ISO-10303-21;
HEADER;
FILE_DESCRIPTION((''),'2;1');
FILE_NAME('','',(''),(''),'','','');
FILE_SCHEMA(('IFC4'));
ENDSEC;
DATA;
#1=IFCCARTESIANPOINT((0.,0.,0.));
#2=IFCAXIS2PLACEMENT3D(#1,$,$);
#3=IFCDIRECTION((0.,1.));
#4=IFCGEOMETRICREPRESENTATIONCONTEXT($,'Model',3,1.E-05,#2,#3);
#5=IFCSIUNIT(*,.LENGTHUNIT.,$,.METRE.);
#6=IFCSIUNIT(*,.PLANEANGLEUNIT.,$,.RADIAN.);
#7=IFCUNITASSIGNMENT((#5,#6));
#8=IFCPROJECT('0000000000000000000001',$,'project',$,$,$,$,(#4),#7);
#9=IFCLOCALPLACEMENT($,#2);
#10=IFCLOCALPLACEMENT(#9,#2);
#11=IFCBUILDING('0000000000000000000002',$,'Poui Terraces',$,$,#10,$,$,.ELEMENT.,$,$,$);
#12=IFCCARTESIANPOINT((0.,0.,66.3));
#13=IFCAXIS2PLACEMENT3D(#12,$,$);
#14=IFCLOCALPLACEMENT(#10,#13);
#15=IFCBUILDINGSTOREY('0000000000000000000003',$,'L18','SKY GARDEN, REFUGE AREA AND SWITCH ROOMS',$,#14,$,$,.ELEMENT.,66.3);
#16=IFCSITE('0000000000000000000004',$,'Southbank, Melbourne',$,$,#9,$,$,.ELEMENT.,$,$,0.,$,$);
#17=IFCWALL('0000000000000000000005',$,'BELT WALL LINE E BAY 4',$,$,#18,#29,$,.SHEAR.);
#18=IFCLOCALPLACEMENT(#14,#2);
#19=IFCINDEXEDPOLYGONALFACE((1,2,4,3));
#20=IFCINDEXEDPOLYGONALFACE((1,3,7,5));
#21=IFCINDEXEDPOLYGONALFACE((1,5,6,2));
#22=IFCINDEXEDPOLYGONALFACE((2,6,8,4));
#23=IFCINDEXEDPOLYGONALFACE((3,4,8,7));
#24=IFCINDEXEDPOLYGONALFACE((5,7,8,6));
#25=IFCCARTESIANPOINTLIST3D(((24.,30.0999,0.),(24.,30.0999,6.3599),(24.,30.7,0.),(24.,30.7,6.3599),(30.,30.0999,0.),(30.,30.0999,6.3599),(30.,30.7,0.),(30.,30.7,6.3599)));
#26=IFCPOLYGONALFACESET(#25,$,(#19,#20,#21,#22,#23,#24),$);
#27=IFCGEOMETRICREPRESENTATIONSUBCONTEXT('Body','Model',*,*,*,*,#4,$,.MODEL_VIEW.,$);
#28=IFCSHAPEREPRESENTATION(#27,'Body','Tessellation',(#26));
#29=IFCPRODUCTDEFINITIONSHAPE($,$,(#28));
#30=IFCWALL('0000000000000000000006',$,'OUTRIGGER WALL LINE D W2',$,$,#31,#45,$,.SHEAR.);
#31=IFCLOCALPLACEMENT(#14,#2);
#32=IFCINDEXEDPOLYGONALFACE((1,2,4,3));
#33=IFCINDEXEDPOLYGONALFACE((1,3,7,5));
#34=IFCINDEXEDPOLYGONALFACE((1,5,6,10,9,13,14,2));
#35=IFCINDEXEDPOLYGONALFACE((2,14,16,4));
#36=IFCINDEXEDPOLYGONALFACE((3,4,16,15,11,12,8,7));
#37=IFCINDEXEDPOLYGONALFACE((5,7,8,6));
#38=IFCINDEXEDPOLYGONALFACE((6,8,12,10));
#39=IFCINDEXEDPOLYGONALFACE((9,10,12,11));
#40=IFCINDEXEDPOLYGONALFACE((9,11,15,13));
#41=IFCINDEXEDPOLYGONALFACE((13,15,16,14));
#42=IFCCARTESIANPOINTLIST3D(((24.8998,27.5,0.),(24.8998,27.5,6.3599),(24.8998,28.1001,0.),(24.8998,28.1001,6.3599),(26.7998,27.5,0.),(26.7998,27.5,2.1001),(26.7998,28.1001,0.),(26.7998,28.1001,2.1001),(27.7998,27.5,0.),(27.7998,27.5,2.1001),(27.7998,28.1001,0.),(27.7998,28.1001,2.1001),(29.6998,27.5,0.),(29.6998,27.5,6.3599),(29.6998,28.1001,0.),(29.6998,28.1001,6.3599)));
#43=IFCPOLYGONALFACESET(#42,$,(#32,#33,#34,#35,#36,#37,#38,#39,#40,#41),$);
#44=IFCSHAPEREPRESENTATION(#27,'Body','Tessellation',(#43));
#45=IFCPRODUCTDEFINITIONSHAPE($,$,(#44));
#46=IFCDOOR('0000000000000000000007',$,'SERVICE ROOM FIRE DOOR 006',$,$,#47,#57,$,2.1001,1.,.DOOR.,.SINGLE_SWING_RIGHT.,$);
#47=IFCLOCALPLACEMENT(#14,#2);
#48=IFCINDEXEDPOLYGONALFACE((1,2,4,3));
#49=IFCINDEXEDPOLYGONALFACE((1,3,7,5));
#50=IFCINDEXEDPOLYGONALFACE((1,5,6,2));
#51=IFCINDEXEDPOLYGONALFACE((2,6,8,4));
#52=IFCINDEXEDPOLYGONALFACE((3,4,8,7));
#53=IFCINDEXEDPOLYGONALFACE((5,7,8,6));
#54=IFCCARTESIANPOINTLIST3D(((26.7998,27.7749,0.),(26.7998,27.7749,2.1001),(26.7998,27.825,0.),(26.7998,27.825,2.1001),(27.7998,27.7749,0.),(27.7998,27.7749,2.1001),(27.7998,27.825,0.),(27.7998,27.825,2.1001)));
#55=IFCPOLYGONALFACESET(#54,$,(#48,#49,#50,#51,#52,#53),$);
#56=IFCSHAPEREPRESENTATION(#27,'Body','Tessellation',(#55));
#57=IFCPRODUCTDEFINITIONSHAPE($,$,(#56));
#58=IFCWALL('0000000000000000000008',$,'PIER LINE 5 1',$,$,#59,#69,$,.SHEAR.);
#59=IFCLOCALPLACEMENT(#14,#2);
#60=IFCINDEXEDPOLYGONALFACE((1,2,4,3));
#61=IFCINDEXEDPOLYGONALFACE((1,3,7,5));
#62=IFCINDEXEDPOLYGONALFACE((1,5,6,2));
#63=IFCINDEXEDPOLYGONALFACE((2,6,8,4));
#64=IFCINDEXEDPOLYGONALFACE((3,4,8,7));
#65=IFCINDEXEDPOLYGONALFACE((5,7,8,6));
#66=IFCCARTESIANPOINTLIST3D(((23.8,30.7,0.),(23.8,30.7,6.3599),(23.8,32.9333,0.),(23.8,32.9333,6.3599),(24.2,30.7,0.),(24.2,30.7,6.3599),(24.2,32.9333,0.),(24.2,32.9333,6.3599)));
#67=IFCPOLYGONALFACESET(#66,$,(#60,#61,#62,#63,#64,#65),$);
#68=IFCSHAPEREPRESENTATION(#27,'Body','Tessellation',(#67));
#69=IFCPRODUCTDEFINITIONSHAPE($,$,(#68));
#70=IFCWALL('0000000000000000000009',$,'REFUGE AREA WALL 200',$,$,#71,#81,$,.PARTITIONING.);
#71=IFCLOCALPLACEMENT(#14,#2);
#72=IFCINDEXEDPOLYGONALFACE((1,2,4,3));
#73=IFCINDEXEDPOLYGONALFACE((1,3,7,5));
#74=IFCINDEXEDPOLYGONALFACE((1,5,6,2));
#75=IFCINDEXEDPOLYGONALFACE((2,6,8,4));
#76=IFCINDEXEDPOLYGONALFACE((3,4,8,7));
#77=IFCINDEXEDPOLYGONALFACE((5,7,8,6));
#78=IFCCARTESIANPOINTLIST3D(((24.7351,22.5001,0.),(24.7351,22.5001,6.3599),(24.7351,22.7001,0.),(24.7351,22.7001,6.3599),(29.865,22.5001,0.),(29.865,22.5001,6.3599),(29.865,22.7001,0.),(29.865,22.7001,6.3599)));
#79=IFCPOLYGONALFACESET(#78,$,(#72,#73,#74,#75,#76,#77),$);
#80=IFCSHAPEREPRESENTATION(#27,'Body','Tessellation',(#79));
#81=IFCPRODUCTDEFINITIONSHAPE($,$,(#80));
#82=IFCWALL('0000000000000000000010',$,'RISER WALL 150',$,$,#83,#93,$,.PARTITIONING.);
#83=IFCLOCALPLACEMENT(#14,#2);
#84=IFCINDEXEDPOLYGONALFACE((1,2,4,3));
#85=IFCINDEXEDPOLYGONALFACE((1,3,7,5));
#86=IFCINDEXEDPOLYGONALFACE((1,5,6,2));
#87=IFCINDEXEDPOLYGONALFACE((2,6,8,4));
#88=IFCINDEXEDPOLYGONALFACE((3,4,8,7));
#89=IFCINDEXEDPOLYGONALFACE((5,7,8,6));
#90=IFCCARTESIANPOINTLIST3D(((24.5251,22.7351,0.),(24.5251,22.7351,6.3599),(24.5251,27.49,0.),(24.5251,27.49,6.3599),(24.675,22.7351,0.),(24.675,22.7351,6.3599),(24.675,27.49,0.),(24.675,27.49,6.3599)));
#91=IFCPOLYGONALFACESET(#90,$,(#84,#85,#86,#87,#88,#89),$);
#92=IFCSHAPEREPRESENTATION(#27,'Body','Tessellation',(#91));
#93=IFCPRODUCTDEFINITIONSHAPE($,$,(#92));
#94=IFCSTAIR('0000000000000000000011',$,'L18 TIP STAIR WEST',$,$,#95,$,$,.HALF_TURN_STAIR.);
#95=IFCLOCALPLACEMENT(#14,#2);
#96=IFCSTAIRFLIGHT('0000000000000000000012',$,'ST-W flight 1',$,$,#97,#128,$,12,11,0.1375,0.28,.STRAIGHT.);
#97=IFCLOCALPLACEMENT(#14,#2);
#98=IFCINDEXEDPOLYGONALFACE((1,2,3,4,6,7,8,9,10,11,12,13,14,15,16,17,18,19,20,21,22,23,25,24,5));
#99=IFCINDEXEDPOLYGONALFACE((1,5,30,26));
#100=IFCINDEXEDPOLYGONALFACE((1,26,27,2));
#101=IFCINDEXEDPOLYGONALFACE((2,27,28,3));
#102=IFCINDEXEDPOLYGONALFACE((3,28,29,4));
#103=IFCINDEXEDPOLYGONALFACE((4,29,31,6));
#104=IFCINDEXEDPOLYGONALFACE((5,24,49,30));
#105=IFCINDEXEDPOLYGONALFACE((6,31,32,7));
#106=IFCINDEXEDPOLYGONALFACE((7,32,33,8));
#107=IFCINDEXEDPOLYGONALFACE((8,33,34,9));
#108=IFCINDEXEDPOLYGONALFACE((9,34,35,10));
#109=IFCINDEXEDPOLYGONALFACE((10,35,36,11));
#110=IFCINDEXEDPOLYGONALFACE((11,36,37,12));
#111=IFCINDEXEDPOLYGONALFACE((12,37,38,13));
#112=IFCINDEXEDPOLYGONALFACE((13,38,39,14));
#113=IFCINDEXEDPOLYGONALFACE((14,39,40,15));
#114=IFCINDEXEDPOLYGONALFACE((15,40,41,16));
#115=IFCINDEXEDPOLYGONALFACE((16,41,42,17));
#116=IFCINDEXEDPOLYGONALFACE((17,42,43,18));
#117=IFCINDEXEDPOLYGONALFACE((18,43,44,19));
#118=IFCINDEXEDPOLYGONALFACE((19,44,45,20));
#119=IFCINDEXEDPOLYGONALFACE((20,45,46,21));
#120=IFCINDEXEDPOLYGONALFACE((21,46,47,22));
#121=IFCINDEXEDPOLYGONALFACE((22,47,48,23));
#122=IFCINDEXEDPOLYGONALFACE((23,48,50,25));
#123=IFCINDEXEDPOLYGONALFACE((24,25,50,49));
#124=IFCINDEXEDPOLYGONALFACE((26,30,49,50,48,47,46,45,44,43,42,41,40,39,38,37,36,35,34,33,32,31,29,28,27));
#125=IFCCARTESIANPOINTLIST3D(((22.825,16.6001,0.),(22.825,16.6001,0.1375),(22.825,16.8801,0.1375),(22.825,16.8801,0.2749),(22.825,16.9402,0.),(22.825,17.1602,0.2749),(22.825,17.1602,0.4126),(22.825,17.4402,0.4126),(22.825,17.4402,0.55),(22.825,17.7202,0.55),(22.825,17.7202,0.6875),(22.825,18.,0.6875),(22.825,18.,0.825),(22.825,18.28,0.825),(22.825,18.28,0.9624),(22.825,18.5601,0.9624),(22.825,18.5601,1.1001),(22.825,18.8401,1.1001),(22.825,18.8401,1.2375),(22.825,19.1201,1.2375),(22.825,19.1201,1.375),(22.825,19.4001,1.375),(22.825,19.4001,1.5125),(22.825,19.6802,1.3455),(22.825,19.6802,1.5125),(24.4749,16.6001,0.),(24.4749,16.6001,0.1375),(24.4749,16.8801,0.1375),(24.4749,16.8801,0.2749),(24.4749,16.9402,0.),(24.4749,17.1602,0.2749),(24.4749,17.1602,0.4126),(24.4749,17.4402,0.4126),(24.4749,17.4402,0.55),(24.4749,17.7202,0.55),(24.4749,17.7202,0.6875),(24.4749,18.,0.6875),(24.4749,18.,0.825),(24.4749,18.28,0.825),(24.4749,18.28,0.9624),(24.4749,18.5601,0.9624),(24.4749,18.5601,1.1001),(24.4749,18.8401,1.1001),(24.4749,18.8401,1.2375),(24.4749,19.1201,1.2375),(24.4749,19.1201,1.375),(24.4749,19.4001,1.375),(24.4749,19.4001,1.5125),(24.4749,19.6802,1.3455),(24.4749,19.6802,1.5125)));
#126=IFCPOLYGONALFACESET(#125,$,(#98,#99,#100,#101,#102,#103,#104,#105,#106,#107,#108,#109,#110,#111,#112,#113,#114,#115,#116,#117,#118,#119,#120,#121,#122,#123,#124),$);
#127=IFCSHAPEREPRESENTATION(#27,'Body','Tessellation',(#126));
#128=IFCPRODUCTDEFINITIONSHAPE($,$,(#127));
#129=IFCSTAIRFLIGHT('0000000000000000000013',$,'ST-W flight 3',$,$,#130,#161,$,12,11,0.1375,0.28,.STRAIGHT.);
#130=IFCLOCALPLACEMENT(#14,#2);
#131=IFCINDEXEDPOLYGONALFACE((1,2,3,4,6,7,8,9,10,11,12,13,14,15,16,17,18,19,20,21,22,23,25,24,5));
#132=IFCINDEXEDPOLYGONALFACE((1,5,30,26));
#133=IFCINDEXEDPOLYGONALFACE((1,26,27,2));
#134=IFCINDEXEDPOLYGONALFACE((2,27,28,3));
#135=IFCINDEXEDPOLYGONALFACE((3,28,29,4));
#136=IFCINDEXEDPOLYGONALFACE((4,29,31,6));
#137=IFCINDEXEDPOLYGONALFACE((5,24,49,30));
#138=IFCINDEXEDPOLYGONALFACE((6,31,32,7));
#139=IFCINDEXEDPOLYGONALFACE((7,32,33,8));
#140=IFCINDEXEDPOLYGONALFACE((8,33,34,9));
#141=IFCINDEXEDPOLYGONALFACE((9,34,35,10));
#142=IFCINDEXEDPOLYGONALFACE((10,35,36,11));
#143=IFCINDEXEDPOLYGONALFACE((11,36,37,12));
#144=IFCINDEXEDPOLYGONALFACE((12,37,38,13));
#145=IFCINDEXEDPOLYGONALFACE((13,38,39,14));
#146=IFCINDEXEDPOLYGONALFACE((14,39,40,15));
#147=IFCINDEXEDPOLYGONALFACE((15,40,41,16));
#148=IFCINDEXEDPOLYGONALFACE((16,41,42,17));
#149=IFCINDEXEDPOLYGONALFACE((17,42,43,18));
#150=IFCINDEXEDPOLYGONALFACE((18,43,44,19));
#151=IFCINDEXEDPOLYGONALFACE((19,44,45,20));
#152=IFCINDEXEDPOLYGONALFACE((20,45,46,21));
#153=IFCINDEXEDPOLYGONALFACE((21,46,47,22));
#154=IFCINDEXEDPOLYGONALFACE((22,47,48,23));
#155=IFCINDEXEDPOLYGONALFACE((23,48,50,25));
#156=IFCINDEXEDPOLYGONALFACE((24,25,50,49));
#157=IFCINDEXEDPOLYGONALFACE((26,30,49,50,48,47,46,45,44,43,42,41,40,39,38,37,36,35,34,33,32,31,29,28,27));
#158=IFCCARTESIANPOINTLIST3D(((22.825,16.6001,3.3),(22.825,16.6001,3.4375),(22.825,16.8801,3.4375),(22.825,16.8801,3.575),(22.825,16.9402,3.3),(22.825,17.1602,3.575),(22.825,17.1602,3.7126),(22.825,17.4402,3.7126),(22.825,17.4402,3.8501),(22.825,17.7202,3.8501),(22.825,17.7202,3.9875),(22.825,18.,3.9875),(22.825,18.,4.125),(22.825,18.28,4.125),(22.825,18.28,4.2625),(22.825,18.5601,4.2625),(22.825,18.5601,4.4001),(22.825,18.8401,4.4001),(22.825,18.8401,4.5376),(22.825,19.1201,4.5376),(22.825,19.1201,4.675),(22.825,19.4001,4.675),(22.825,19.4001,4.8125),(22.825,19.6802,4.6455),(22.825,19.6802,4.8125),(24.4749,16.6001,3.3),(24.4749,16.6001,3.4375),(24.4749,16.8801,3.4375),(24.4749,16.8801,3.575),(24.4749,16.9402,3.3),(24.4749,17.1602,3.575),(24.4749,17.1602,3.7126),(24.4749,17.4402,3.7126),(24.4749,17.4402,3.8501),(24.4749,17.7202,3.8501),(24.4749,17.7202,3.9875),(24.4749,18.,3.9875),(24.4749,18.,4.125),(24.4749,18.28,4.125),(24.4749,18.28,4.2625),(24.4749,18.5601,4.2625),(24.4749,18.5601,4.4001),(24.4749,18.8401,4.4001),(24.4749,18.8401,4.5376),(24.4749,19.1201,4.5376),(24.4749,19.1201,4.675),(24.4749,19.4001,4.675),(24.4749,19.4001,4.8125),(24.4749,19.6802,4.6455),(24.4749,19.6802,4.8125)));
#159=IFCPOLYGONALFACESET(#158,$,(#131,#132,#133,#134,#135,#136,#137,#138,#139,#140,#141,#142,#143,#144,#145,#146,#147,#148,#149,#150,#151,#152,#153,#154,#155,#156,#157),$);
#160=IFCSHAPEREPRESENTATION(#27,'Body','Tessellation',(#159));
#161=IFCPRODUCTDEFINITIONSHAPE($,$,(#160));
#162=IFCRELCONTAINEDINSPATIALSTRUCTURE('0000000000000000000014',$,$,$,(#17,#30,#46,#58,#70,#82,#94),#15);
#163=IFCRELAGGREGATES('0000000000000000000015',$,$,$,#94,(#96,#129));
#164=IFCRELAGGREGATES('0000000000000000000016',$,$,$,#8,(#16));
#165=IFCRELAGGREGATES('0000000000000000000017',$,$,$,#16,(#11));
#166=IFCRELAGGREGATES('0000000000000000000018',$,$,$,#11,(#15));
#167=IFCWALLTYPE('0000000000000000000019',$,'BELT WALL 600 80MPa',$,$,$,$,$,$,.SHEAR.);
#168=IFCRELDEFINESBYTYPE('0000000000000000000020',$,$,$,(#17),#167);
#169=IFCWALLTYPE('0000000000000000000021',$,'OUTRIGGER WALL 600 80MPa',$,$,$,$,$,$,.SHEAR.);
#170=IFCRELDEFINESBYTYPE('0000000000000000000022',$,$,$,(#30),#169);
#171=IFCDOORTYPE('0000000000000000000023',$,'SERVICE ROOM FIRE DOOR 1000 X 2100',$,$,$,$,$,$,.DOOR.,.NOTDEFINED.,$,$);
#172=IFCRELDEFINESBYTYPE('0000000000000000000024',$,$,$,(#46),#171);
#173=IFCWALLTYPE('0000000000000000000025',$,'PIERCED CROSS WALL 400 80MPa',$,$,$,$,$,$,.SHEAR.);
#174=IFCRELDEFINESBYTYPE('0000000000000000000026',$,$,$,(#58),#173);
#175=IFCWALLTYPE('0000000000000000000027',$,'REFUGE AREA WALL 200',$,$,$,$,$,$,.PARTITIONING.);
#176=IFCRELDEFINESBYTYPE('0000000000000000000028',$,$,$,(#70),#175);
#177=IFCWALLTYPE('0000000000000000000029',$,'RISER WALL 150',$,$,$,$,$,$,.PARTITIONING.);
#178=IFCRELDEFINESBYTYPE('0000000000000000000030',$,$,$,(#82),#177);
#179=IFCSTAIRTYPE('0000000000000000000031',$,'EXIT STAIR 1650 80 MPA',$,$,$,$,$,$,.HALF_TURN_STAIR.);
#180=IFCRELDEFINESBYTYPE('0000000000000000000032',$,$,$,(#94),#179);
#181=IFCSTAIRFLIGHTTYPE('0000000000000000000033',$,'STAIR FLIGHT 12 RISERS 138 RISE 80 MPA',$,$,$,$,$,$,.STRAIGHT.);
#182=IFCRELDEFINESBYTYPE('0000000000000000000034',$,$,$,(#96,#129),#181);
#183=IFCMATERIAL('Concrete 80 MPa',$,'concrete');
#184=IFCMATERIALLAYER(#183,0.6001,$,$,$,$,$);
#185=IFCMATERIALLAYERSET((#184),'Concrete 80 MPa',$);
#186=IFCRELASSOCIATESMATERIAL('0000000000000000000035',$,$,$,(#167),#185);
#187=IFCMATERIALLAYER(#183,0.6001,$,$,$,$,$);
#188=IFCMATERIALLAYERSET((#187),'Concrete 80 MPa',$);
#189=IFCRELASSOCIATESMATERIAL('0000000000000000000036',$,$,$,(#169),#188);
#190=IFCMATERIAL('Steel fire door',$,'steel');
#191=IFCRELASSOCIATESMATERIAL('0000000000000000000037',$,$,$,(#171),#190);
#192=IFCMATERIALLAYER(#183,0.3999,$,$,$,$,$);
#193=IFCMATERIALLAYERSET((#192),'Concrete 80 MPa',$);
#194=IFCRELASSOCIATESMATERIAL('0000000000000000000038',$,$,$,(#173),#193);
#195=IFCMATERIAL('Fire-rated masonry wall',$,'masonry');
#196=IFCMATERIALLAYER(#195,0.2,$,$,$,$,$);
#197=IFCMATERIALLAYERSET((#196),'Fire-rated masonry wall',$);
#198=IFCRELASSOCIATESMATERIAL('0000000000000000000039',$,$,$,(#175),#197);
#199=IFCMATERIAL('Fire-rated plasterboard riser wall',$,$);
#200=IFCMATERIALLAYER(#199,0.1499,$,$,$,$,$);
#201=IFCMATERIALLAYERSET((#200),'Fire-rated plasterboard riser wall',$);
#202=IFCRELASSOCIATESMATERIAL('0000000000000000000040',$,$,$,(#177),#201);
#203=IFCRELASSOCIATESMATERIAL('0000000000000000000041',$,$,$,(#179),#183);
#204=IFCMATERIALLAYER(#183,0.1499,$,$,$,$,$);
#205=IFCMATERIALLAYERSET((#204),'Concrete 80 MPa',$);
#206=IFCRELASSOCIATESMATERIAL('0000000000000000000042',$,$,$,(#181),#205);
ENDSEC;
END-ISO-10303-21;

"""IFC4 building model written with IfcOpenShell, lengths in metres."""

from ifc_helpers import new_model, si_unit, direction, frame, frame_2d, origin, place, context, subcontext, project, spatial, polyline, rectangle, outline, extrude, material, layer, layer_set, type_object, element, fill, aggregate, save


model = new_model("IFC4")

# Units and contexts
model_context = context("Model", 3, precision=1e-05, world=origin(), true_north=direction((0.0, 1.0)))
body_context = subcontext(model_context, "Body", "Model", "MODEL_VIEW")
ifc_project = project(units=[si_unit("LENGTHUNIT", "METRE"), si_unit("PLANEANGLEUNIT", "RADIAN")], contexts=[model_context])

# Site, building, storey
site_placement = place(None, origin())
site = spatial("IfcSite", under=ifc_project, at=site_placement, Name="Southbank, Melbourne", CompositionType="ELEMENT", RefElevation=0.0)
building_placement = place(site_placement, origin())
building = spatial("IfcBuilding", under=site, at=building_placement, Name="Poui Terraces", CompositionType="ELEMENT")
storey_placement = place(building_placement, frame((0.0, 0.0, 66.3)))
storey = spatial("IfcBuildingStorey", under=building, at=storey_placement, Name="L18", Description="SKY GARDEN, REFUGE AREA AND SWITCH ROOMS", CompositionType="ELEMENT", Elevation=66.3)

# Wall
ifc_material_1 = material(Name="Concrete 80 MPa", Category="concrete")
ifc_layer_1 = layer(ifc_material_1, 0.6001)
ifc_layer_set_1 = layer_set([ifc_layer_1], Name="Concrete 80 MPa")
wall_type_1 = type_object("IfcWallType", Name="BELT WALL 600 80MPa", PredefinedType="SHEAR", material=ifc_layer_set_1)
wall_1_placement = place(storey_placement, frame((24.0, 30.3999, 0.0), z_axis=(0.0, 0.0, 1.0), x_axis=(1.0, 0.0, 0.0)))
element("IfcWall", 1, at=wall_1_placement, inside=storey, type_object=wall_type_1, Name="BELT WALL LINE E BAY 4", PredefinedType="SHEAR", context=body_context, shape_type="SweptSolid", body=[
    extrude(rectangle(XDim=6.0, YDim=0.6001, at=frame_2d((3.0, 0.0))), origin(), (0.0, 0.0, 1.0), 6.3599),
])

# Wall, opening, door
ifc_layer_2 = layer(ifc_material_1, 0.6001)
ifc_layer_set_2 = layer_set([ifc_layer_2], Name="Concrete 80 MPa")
wall_type_2 = type_object("IfcWallType", Name="OUTRIGGER WALL 600 80MPa", PredefinedType="SHEAR", material=ifc_layer_set_2)
wall_2_placement = place(storey_placement, frame((24.8999, 27.8, 0.0), z_axis=(0.0, 0.0, 1.0), x_axis=(1.0, 0.0, 0.0)))
wall_2 = element("IfcWall", 2, at=wall_2_placement, inside=storey, type_object=wall_type_2, Name="OUTRIGGER WALL LINE D W2", PredefinedType="SHEAR", context=body_context, shape_type="SweptSolid", body=[
    extrude(rectangle(XDim=4.8, YDim=0.6001, at=frame_2d((2.3999, 0.0))), origin(), (0.0, 0.0, 1.0), 6.3599),
])
opening_1_placement = place(wall_2_placement, frame((1.8999, 0.0, 0.0)))
opening_1 = element("IfcOpeningElement", 3, at=opening_1_placement, cuts=wall_2, PredefinedType="OPENING", context=body_context, shape_type="SweptSolid", body=[
    extrude(rectangle(XDim=1.0, YDim=2.1001, at=frame_2d((0.5, 1.05))), frame((0.0, 0.3101, 0.0), z_axis=(0.0, -1.0, 0.0), x_axis=(1.0, 0.0, 0.0)), (0.0, 0.0, 1.0), 0.6201),
])
ifc_material_2 = material(Name="Steel fire door", Category="steel")
door_type_1 = type_object("IfcDoorType", Name="SERVICE ROOM FIRE DOOR 1000 X 2100", OperationType="NOTDEFINED", PredefinedType="DOOR", material=ifc_material_2)
door_1_placement = place(opening_1_placement, origin())
door_1 = element("IfcDoor", 4, at=door_1_placement, inside=storey, type_object=door_type_1, Name="SERVICE ROOM FIRE DOOR 006", OperationType="SINGLE_SWING_RIGHT", OverallHeight=2.1001, OverallWidth=1.0, PredefinedType="DOOR", context=body_context, shape_type="SweptSolid", body=[
    extrude(rectangle(XDim=1.0, YDim=2.1001, at=frame_2d((0.5, 1.05))), frame((0.0, 0.0249, 0.0), z_axis=(0.0, -1.0, 0.0), x_axis=(1.0, 0.0, 0.0)), (0.0, 0.0, 1.0), 0.05),
])
fill(opening_1, door_1)

# Walls
ifc_layer_3 = layer(ifc_material_1, 0.3999)
ifc_layer_set_3 = layer_set([ifc_layer_3], Name="Concrete 80 MPa")
wall_type_3 = type_object("IfcWallType", Name="PIERCED CROSS WALL 400 80MPa", PredefinedType="SHEAR", material=ifc_layer_set_3)
wall_3_placement = place(storey_placement, frame((24.0, 30.7, 0.0), z_axis=(0.0, 0.0, 1.0), x_axis=(0.0, 1.0, 0.0)))
element("IfcWall", 5, at=wall_3_placement, inside=storey, type_object=wall_type_3, Name="PIER LINE 5 1", PredefinedType="SHEAR", context=body_context, shape_type="SweptSolid", body=[
    extrude(rectangle(XDim=2.2334, YDim=0.3999, at=frame_2d((1.1167, 0.0))), origin(), (0.0, 0.0, 1.0), 6.3599),
])
ifc_material_3 = material(Name="Fire-rated masonry wall", Category="masonry")
ifc_layer_4 = layer(ifc_material_3, 0.2)
ifc_layer_set_4 = layer_set([ifc_layer_4], Name="Fire-rated masonry wall")
wall_type_4 = type_object("IfcWallType", Name="REFUGE AREA WALL 200", PredefinedType="PARTITIONING", material=ifc_layer_set_4)
wall_4_placement = place(storey_placement, frame((24.7351, 22.6001, 0.0), z_axis=(0.0, 0.0, 1.0), x_axis=(1.0, 0.0, 0.0)))
element("IfcWall", 6, at=wall_4_placement, inside=storey, type_object=wall_type_4, Name="REFUGE AREA WALL 200", PredefinedType="PARTITIONING", context=body_context, shape_type="SweptSolid", body=[
    extrude(rectangle(XDim=5.1299, YDim=0.2, at=frame_2d((2.5649, 0.0))), origin(), (0.0, 0.0, 1.0), 6.3599),
])
ifc_material_4 = material(Name="Fire-rated plasterboard riser wall")
ifc_layer_5 = layer(ifc_material_4, 0.1499)
ifc_layer_set_5 = layer_set([ifc_layer_5], Name="Fire-rated plasterboard riser wall")
wall_type_5 = type_object("IfcWallType", Name="RISER WALL 150", PredefinedType="PARTITIONING", material=ifc_layer_set_5)
wall_5_placement = place(storey_placement, frame((24.6001, 22.7351, 0.0), z_axis=(0.0, 0.0, 1.0), x_axis=(0.0, 1.0, 0.0)))
element("IfcWall", 7, at=wall_5_placement, inside=storey, type_object=wall_type_5, Name="RISER WALL 150", PredefinedType="PARTITIONING", context=body_context, shape_type="SweptSolid", body=[
    extrude(rectangle(XDim=4.7549, YDim=0.1499, at=frame_2d((2.3774, 0.0))), origin(), (0.0, 0.0, 1.0), 6.3599),
])

# Stair, stair flights
stair_type = type_object("IfcStairType", Name="EXIT STAIR 1650 80 MPA", PredefinedType="HALF_TURN_STAIR", material=ifc_material_1)
stair_placement = place(storey_placement, origin())
stair = element("IfcStair", 8, at=stair_placement, inside=storey, type_object=stair_type, Name="L18 TIP STAIR WEST", PredefinedType="HALF_TURN_STAIR")
ifc_layer_6 = layer(ifc_material_1, 0.1499)
ifc_layer_set_6 = layer_set([ifc_layer_6], Name="Concrete 80 MPa")
stair_flight_type = type_object("IfcStairFlightType", Name="STAIR FLIGHT 12 RISERS 138 RISE 80 MPA", PredefinedType="STRAIGHT", material=ifc_layer_set_6)
stair_flight_1_placement = place(storey_placement, frame((23.6499, 16.6001, 0.0), z_axis=(0.0, 0.0, 1.0), x_axis=(0.0, 1.0, 0.0)))
stair_flight_1 = element("IfcStairFlight", 9, at=stair_flight_1_placement, type_object=stair_flight_type, Name="ST-W flight 1", NumberOfRisers=12, NumberOfTreads=11, PredefinedType="STRAIGHT", RiserHeight=0.1375, TreadLength=0.28, context=body_context, shape_type="SweptSolid", body=[
    extrude(outline(polyline([(0.0, 0.0), (0.0, 0.1375), (0.28, 0.1375), (0.28, 0.2749), (0.5601, 0.2749), (0.5601, 0.4126), (0.8401, 0.4126), (0.8401, 0.55), (1.1201, 0.55), (1.1201, 0.6875), (1.3999, 0.6875), (1.3999, 0.825), (1.6799, 0.825), (1.6799, 0.9624), (1.96, 0.9624), (1.96, 1.1001), (2.24, 1.1001), (2.24, 1.2375), (2.52, 1.2375), (2.52, 1.375), (2.8, 1.375), (2.8, 1.5125), (3.0801, 1.5125), (3.0801, 1.6499), (3.0801, 1.3455), (0.3401, 0.0), (0.0, 0.0)])), frame((0.0, 0.825, 0.0), z_axis=(0.0, -1.0, 0.0), x_axis=(1.0, 0.0, 0.0)), (0.0, 0.0, 1.0), 1.6499),
])
stair_flight_2_placement = place(storey_placement, frame((23.6499, 16.6001, 3.3), z_axis=(0.0, 0.0, 1.0), x_axis=(0.0, 1.0, 0.0)))
stair_flight_2 = element("IfcStairFlight", 10, at=stair_flight_2_placement, type_object=stair_flight_type, Name="ST-W flight 3", NumberOfRisers=12, NumberOfTreads=11, PredefinedType="STRAIGHT", RiserHeight=0.1375, TreadLength=0.28, context=body_context, shape_type="SweptSolid", body=[
    extrude(outline(polyline([(0.0, 0.0), (0.0, 0.1375), (0.28, 0.1375), (0.28, 0.2749), (0.5601, 0.2749), (0.5601, 0.4126), (0.8401, 0.4126), (0.8401, 0.55), (1.1201, 0.55), (1.1201, 0.6875), (1.3999, 0.6875), (1.3999, 0.825), (1.6799, 0.825), (1.6799, 0.9624), (1.96, 0.9624), (1.96, 1.1001), (2.24, 1.1001), (2.24, 1.2375), (2.52, 1.2375), (2.52, 1.375), (2.8, 1.375), (2.8, 1.5125), (3.0801, 1.5125), (3.0801, 1.6499), (3.0801, 1.3455), (0.3401, 0.0), (0.0, 0.0)])), frame((0.0, 0.825, 0.0), z_axis=(0.0, -1.0, 0.0), x_axis=(1.0, 0.0, 0.0)), (0.0, 0.0, 1.0), 1.6499),
])
aggregate(stair, [stair_flight_1, stair_flight_2])

save(model, "model.ifc")
